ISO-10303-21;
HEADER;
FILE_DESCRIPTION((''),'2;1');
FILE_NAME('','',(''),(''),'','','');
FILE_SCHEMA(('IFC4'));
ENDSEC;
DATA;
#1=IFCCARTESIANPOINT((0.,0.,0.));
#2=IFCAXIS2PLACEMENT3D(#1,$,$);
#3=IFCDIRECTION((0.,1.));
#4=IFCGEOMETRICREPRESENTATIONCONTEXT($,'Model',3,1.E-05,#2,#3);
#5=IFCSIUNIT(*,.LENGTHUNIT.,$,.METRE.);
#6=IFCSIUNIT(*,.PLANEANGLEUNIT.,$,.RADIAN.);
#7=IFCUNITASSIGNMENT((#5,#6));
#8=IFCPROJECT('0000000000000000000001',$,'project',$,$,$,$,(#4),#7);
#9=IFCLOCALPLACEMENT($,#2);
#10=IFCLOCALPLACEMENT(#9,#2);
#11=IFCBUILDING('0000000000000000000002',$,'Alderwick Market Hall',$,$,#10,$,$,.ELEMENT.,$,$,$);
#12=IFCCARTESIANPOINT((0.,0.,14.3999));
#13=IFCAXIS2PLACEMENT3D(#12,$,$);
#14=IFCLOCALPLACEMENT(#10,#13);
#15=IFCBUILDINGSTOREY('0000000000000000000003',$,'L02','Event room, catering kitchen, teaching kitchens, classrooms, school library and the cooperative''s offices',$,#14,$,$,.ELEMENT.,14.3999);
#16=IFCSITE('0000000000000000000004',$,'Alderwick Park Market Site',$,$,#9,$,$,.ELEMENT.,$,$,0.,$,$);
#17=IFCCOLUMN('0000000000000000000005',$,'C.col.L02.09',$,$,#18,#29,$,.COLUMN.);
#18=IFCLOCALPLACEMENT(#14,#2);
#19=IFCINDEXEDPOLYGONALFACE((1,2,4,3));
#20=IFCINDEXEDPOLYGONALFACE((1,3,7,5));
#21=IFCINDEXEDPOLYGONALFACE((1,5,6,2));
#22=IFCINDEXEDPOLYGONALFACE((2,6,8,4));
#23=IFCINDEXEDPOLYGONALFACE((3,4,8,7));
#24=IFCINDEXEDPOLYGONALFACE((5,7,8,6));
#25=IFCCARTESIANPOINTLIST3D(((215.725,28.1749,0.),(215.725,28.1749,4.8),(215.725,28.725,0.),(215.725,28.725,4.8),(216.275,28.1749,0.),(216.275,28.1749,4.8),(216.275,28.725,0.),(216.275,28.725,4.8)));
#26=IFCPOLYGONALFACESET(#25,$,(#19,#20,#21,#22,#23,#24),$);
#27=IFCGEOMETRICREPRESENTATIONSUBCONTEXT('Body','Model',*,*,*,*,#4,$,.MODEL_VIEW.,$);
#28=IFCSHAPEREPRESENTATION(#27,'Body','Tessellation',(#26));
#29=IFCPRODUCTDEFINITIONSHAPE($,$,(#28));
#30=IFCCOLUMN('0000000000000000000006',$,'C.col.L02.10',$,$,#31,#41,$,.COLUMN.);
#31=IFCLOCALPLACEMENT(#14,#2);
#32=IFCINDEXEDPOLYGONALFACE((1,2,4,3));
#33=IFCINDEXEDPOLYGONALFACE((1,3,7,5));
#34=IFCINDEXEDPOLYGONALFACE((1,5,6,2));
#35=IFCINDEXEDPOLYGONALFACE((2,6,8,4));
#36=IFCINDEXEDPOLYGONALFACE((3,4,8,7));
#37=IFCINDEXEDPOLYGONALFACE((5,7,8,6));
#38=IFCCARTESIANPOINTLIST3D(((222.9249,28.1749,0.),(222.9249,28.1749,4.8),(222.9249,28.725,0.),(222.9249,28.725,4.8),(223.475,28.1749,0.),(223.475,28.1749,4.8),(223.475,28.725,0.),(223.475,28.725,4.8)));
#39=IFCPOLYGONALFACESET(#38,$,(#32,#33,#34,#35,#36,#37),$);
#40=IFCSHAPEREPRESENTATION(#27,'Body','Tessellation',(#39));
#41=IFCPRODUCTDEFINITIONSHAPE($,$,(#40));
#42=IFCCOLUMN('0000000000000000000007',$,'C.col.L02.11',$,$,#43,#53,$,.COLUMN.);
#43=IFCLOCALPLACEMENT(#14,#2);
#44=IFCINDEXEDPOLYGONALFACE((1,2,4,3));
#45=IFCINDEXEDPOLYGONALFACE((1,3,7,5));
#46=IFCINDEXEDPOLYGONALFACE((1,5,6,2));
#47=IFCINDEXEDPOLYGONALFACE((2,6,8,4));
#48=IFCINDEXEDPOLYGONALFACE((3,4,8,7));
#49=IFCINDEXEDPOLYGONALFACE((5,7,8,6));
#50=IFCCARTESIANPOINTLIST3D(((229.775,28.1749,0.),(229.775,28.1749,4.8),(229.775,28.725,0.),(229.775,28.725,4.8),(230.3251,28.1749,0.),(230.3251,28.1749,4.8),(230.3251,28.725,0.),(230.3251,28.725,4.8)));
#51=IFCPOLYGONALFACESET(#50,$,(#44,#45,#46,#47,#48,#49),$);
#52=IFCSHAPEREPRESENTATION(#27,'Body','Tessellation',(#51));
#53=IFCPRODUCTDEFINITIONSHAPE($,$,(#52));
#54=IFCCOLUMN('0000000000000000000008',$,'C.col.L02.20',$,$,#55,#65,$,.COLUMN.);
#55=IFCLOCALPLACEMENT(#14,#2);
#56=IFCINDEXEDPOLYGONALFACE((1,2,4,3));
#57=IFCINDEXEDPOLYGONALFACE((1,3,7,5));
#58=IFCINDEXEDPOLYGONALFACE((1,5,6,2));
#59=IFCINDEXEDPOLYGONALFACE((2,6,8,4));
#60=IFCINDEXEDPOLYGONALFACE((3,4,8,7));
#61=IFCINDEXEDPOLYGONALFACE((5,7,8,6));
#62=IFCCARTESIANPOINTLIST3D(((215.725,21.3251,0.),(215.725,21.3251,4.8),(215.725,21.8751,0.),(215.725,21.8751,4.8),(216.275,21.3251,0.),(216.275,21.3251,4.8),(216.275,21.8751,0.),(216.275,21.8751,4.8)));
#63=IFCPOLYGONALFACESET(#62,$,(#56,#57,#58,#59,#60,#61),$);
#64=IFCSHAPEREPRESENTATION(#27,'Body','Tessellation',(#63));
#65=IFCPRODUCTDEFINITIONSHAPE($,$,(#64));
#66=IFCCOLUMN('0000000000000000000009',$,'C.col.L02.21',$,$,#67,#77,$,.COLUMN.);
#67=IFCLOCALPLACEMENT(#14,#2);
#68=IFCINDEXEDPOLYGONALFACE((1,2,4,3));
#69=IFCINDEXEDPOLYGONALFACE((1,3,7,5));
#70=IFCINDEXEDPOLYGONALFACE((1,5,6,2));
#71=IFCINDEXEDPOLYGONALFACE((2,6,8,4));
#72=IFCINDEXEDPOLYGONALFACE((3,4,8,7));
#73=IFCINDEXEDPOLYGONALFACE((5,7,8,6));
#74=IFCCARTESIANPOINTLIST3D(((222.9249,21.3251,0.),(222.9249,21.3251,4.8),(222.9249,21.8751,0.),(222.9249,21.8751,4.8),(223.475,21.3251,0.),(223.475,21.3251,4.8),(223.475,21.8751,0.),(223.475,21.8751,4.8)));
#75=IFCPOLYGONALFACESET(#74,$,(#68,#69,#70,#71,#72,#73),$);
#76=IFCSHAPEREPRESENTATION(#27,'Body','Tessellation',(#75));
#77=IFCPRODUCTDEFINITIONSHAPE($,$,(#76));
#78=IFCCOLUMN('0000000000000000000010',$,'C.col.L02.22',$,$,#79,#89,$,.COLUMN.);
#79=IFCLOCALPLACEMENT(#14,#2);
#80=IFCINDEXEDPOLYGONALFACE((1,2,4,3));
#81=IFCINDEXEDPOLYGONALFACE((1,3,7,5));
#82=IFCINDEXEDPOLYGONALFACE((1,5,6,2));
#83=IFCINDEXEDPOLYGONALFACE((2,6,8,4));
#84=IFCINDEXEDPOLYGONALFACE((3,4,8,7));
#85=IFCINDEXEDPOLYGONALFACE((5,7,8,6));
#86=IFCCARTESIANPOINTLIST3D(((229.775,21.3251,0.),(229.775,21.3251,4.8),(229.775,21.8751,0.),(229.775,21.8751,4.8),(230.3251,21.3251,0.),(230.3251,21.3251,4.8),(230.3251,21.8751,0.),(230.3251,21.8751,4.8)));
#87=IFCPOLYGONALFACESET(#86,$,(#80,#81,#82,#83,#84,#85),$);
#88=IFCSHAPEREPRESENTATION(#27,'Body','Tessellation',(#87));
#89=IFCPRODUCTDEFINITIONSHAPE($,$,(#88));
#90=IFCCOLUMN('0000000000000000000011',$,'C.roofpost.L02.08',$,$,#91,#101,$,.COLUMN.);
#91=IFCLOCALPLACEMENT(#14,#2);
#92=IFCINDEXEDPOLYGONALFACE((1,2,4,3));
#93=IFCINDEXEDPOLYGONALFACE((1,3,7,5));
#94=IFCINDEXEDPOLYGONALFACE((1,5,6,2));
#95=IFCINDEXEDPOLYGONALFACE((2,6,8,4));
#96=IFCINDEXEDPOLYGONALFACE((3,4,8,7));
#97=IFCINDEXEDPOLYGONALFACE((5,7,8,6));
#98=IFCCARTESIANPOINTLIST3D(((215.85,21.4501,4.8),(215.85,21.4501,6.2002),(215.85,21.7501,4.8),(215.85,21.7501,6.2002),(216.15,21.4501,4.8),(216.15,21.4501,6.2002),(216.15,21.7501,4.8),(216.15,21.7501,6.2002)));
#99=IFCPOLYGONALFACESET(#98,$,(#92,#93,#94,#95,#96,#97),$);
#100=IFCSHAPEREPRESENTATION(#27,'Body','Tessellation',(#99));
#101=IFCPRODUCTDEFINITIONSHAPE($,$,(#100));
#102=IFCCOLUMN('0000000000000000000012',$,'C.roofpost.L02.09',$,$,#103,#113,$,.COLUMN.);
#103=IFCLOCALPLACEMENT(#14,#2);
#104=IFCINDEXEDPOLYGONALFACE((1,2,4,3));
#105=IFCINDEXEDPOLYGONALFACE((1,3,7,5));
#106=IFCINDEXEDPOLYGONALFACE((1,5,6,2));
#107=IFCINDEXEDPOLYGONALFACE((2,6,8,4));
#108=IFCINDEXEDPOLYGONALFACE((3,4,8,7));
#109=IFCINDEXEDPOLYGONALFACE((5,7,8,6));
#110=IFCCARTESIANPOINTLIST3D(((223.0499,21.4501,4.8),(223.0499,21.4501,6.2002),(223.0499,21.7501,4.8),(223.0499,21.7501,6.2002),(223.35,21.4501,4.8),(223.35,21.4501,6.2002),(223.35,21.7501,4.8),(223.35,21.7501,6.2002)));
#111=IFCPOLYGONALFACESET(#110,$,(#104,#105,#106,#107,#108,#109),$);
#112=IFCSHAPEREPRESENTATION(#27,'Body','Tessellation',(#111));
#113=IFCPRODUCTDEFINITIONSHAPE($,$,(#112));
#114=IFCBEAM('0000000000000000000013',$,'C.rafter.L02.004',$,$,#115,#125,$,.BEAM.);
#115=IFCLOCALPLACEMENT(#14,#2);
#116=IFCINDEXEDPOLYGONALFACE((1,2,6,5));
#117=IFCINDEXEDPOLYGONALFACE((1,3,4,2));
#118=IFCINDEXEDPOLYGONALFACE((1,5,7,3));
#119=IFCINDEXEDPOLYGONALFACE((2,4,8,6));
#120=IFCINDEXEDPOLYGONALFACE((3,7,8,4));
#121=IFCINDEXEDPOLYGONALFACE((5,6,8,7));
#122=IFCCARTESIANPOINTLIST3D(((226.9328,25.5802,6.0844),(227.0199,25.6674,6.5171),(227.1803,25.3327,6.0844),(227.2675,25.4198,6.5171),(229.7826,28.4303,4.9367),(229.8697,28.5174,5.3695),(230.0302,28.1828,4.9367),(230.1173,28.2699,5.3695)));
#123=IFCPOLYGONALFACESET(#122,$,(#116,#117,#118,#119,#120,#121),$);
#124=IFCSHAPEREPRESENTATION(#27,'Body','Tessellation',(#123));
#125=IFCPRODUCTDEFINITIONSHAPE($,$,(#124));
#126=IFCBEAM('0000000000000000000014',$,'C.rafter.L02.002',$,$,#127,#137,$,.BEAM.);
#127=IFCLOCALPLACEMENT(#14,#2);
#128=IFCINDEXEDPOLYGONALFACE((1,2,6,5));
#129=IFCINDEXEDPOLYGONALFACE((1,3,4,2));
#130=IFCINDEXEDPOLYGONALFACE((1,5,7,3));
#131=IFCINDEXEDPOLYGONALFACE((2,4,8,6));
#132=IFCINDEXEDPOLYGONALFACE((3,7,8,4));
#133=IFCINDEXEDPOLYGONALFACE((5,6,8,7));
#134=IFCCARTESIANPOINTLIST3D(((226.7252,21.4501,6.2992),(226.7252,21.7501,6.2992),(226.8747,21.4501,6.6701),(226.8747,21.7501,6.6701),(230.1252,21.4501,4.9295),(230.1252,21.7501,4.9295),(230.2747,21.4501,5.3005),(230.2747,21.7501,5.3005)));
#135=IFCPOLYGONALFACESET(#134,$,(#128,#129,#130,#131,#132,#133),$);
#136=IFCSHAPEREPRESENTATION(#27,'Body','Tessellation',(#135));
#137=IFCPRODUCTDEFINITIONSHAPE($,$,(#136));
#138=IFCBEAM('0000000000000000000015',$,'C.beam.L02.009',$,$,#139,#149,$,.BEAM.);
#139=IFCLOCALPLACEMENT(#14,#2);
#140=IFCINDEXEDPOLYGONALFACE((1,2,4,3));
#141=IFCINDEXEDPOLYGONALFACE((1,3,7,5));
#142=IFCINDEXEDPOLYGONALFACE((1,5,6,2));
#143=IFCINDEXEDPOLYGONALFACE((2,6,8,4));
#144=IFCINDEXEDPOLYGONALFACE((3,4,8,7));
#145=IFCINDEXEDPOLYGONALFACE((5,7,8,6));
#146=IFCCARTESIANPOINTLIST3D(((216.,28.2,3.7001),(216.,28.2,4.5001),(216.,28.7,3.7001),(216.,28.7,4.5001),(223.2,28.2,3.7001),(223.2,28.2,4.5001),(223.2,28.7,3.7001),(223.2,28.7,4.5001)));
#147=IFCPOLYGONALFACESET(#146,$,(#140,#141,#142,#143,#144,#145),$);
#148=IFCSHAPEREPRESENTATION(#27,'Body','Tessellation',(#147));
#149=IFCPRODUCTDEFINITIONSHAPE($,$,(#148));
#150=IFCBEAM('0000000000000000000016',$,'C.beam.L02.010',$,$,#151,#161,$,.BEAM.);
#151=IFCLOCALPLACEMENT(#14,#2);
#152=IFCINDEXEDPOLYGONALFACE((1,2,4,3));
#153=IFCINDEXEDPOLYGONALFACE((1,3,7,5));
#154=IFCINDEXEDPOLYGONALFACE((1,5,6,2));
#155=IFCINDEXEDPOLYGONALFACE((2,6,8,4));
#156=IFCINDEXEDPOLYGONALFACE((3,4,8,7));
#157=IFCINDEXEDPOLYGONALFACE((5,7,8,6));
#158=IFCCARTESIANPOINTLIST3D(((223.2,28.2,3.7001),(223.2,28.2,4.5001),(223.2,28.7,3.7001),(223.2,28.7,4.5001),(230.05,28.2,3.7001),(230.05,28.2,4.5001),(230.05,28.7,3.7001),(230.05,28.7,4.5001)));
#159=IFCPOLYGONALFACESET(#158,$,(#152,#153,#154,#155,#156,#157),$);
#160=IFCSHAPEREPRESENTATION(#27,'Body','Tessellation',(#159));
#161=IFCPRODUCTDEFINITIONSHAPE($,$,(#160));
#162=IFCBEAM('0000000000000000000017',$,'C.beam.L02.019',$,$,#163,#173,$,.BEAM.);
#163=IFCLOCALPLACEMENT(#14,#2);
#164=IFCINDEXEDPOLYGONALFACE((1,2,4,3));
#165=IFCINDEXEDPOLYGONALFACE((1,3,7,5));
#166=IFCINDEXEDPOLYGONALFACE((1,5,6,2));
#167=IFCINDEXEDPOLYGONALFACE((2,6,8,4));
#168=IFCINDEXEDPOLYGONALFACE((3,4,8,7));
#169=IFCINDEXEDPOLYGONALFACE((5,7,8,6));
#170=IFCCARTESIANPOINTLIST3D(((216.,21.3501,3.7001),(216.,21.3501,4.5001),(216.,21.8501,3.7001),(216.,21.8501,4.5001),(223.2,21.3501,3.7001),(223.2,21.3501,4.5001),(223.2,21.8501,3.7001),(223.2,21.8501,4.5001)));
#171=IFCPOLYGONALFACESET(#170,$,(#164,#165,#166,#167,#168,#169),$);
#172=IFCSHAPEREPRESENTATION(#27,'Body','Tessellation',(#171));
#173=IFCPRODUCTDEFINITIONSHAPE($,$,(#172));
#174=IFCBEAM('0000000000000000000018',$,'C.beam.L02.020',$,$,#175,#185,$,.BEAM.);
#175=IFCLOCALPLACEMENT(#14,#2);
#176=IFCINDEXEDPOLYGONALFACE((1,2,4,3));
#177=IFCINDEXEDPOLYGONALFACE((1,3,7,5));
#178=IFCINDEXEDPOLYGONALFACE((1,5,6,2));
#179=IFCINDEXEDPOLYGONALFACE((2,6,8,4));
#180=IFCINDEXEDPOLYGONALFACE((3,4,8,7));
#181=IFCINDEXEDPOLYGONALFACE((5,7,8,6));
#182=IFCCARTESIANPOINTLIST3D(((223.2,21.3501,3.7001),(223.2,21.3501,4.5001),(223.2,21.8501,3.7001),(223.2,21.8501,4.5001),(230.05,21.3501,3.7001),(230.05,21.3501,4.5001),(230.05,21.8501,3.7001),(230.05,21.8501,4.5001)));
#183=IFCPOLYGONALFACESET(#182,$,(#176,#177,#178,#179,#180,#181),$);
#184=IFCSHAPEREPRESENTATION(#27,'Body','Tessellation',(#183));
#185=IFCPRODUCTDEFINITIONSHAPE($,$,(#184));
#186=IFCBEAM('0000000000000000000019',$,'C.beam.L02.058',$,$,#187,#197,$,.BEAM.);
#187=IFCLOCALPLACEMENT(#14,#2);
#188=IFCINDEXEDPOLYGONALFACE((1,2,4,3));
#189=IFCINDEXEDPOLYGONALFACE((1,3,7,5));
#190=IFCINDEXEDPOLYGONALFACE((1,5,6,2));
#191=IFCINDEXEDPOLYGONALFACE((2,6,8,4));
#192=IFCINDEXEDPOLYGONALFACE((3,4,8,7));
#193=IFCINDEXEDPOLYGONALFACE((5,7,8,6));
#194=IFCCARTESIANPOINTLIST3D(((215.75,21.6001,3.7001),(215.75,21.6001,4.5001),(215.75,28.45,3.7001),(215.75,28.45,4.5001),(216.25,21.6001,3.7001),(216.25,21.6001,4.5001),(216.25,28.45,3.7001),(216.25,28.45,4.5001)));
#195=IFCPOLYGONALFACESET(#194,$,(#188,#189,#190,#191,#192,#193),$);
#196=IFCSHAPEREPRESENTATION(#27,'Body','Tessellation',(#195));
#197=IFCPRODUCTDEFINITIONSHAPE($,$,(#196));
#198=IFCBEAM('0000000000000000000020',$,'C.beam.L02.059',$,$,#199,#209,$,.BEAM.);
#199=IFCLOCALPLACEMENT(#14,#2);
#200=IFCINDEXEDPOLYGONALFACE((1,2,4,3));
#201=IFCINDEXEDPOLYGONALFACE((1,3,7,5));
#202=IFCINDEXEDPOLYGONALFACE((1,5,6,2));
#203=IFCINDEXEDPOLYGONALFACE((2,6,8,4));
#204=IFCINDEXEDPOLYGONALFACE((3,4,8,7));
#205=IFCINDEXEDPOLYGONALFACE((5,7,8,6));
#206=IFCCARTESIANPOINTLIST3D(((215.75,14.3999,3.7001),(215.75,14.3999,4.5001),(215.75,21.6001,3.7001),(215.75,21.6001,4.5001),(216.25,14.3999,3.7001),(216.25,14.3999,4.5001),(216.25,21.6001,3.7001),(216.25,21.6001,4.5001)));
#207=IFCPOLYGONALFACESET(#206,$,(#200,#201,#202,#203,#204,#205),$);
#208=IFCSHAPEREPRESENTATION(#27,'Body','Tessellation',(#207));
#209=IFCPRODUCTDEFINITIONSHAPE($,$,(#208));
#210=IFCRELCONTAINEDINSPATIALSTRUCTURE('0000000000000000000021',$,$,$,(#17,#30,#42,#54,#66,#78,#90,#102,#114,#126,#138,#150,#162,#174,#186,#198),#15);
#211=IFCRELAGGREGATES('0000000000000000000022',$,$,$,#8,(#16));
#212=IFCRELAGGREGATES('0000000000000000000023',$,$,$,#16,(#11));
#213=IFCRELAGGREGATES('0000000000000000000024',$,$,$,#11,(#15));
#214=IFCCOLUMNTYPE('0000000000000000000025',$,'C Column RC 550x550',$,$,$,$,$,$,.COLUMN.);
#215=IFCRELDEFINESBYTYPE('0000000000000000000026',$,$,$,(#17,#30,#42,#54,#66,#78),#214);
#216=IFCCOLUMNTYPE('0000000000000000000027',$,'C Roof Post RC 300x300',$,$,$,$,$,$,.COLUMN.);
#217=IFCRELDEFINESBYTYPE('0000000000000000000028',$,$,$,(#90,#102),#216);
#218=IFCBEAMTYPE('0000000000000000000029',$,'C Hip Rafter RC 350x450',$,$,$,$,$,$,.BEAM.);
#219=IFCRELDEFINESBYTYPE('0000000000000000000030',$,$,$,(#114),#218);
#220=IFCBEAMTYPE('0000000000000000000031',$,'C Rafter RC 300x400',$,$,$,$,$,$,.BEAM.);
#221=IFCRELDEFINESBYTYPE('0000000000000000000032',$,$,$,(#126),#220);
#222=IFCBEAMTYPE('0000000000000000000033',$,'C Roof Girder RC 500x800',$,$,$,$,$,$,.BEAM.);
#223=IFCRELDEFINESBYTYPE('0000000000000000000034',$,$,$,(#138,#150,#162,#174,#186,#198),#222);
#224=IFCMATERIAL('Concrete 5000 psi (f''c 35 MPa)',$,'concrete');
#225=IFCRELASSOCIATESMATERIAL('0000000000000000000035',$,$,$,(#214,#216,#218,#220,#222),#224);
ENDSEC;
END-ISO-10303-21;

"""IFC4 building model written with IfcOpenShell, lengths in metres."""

from ifc_helpers import new_model, si_unit, direction, frame, origin, origin_2d, place, context, subcontext, project, spatial, rectangle, extrude, material, material_profile, profile_set, type_object, element, save


model = new_model("IFC4")

# Units and contexts
model_context = context("Model", 3, precision=1e-05, world=origin(), true_north=direction((0.0, 1.0)))
body_context = subcontext(model_context, "Body", "Model", "MODEL_VIEW")
ifc_project = project(units=[si_unit("LENGTHUNIT", "METRE"), si_unit("PLANEANGLEUNIT", "RADIAN")], contexts=[model_context])

# Site, building, storey
site_placement = place(None, origin())
site = spatial("IfcSite", under=ifc_project, at=site_placement, Name="Alderwick Park Market Site", CompositionType="ELEMENT", RefElevation=0.0)
building_placement = place(site_placement, origin())
building = spatial("IfcBuilding", under=site, at=building_placement, Name="Alderwick Market Hall", CompositionType="ELEMENT")
storey_placement = place(building_placement, frame((0.0, 0.0, 14.3999)))
storey = spatial("IfcBuildingStorey", under=building, at=storey_placement, Name="L02", Description="Event room, catering kitchen, teaching kitchens, classrooms, school library and the cooperative's offices", CompositionType="ELEMENT", Elevation=14.3999)

# Columns
ifc_material_1 = material(Name="Concrete 5000 psi (f'c 35 MPa)", Category="concrete")
ifc_material_profile_1 = material_profile(ifc_material_1, rectangle(XDim=0.55, YDim=0.55, at=origin_2d()), Name="RC 550x550")
ifc_profile_set_1 = profile_set([ifc_material_profile_1], Name="Concrete 5000 psi (f'c 35 MPa)")
column_type_1 = type_object("IfcColumnType", Name="C Column RC 550x550", PredefinedType="COLUMN", material=ifc_profile_set_1)
for number, where, z_axis, x_axis, name in (
    (1, (216.0, 28.45, 0.0), (0.0, 0.0, 1.0), (1.0, 0.0, 0.0), "C.col.L02.09"),
    (2, (223.2, 28.45, 0.0), (0.0, 0.0, 1.0), (1.0, 0.0, 0.0), "C.col.L02.10"),
    (3, (230.05, 28.45, 0.0), (0.0, 0.0, 1.0), (1.0, 0.0, 0.0), "C.col.L02.11"),
    (4, (216.0, 21.6001, 0.0), (0.0, 0.0, 1.0), (1.0, 0.0, 0.0), "C.col.L02.20"),
    (5, (223.2, 21.6001, 0.0), (0.0, 0.0, 1.0), (1.0, 0.0, 0.0), "C.col.L02.21"),
    (6, (230.05, 21.6001, 0.0), (0.0, 0.0, 1.0), (1.0, 0.0, 0.0), "C.col.L02.22"),
):
    element("IfcColumn", number, at=place(storey_placement, frame(where, z_axis=z_axis, x_axis=x_axis)), inside=storey, type_object=column_type_1, Name=name, PredefinedType="COLUMN", context=body_context, shape_type="SweptSolid", body=[
        extrude(rectangle(XDim=0.55, YDim=0.55, at=origin_2d()), origin(), (0.0, 0.0, 1.0), 4.8),
    ])
ifc_material_profile_2 = material_profile(ifc_material_1, rectangle(XDim=0.3, YDim=0.3, at=origin_2d()), Name="RC 300x300")
ifc_profile_set_2 = profile_set([ifc_material_profile_2], Name="Concrete 5000 psi (f'c 35 MPa)")
column_type_2 = type_object("IfcColumnType", Name="C Roof Post RC 300x300", PredefinedType="COLUMN", material=ifc_profile_set_2)
for number, where, z_axis, x_axis, name in (
    (7, (216.0, 21.6001, 4.8), (0.0, 0.0, 1.0), (1.0, 0.0, 0.0), "C.roofpost.L02.08"),
    (8, (223.2, 21.6001, 4.8), (0.0, 0.0, 1.0), (1.0, 0.0, 0.0), "C.roofpost.L02.09"),
):
    element("IfcColumn", number, at=place(storey_placement, frame(where, z_axis=z_axis, x_axis=x_axis)), inside=storey, type_object=column_type_2, Name=name, PredefinedType="COLUMN", context=body_context, shape_type="SweptSolid", body=[
        extrude(rectangle(XDim=0.3, YDim=0.3, at=origin_2d()), origin(), (0.0, 0.0, 1.0), 1.4001),
    ])

# Beams
ifc_material_profile_3 = material_profile(ifc_material_1, rectangle(XDim=0.3501, YDim=0.45, at=origin_2d()), Name="RC 350x450")
ifc_profile_set_3 = profile_set([ifc_material_profile_3], Name="Concrete 5000 psi (f'c 35 MPa)")
beam_type_1 = type_object("IfcBeamType", Name="C Hip Rafter RC 350x450", PredefinedType="BEAM", material=ifc_profile_set_3)
beam_1_placement = place(storey_placement, frame((229.95, 28.3501, 5.1531), z_axis=(-0.680043, -0.680101, 0.27387), x_axis=(0.707137, -0.707076, 0.0)))
element("IfcBeam", 9, at=beam_1_placement, inside=storey, type_object=beam_type_1, Name="C.rafter.L02.004", PredefinedType="BEAM", context=body_context, shape_type="SweptSolid", body=[
    extrude(rectangle(XDim=0.3501, YDim=0.45, at=origin_2d()), origin(), (0.0, 0.0, 1.0), 4.1907),
])
ifc_material_profile_4 = material_profile(ifc_material_1, rectangle(XDim=0.3, YDim=0.3999, at=origin_2d()), Name="RC 300x400")
ifc_profile_set_4 = profile_set([ifc_material_profile_4], Name="Concrete 5000 psi (f'c 35 MPa)")
beam_type_2 = type_object("IfcBeamType", Name="C Rafter RC 300x400", PredefinedType="BEAM", material=ifc_profile_set_4)
beam_2_placement = place(storey_placement, frame((230.2, 21.6001, 5.115), z_axis=(-0.927564, 0.0, 0.373663), x_axis=(0.0, -1.0, 0.0)))
element("IfcBeam", 10, at=beam_2_placement, inside=storey, type_object=beam_type_2, Name="C.rafter.L02.002", PredefinedType="BEAM", context=body_context, shape_type="SweptSolid", body=[
    extrude(rectangle(XDim=0.3, YDim=0.3999, at=origin_2d()), origin(), (0.0, 0.0, 1.0), 3.6655),
])
ifc_material_profile_5 = material_profile(ifc_material_1, rectangle(XDim=0.5, YDim=0.8, at=origin_2d()), Name="RC 500x800")
ifc_profile_set_5 = profile_set([ifc_material_profile_5], Name="Concrete 5000 psi (f'c 35 MPa)")
beam_type_3 = type_object("IfcBeamType", Name="C Roof Girder RC 500x800", PredefinedType="BEAM", material=ifc_profile_set_5)
beam_3_placement = place(storey_placement, frame((216.0, 28.45, 4.1001), z_axis=(1.0, 0.0, 0.0), x_axis=(0.0, 1.0, 0.0)))
element("IfcBeam", 11, at=beam_3_placement, inside=storey, type_object=beam_type_3, Name="C.beam.L02.009", PredefinedType="BEAM", context=body_context, shape_type="SweptSolid", body=[
    extrude(rectangle(XDim=0.5, YDim=0.8, at=origin_2d()), origin(), (0.0, 0.0, 1.0), 7.2),
])
beam_4_placement = place(storey_placement, frame((223.2, 28.45, 4.1001), z_axis=(1.0, 0.0, 0.0), x_axis=(0.0, 1.0, 0.0)))
element("IfcBeam", 12, at=beam_4_placement, inside=storey, type_object=beam_type_3, Name="C.beam.L02.010", PredefinedType="BEAM", context=body_context, shape_type="SweptSolid", body=[
    extrude(rectangle(XDim=0.5, YDim=0.8, at=origin_2d()), origin(), (0.0, 0.0, 1.0), 6.8501),
])
beam_5_placement = place(storey_placement, frame((216.0, 21.6001, 4.1001), z_axis=(1.0, 0.0, 0.0), x_axis=(0.0, 1.0, 0.0)))
element("IfcBeam", 13, at=beam_5_placement, inside=storey, type_object=beam_type_3, Name="C.beam.L02.019", PredefinedType="BEAM", context=body_context, shape_type="SweptSolid", body=[
    extrude(rectangle(XDim=0.5, YDim=0.8, at=origin_2d()), origin(), (0.0, 0.0, 1.0), 7.2),
])
beam_6_placement = place(storey_placement, frame((223.2, 21.6001, 4.1001), z_axis=(1.0, 0.0, 0.0), x_axis=(0.0, 1.0, 0.0)))
element("IfcBeam", 14, at=beam_6_placement, inside=storey, type_object=beam_type_3, Name="C.beam.L02.020", PredefinedType="BEAM", context=body_context, shape_type="SweptSolid", body=[
    extrude(rectangle(XDim=0.5, YDim=0.8, at=origin_2d()), origin(), (0.0, 0.0, 1.0), 6.8501),
])
beam_7_placement = place(storey_placement, frame((216.0, 28.45, 4.1001), z_axis=(0.0, -1.0, 0.0), x_axis=(1.0, 0.0, 0.0)))
element("IfcBeam", 15, at=beam_7_placement, inside=storey, type_object=beam_type_3, Name="C.beam.L02.058", PredefinedType="BEAM", context=body_context, shape_type="SweptSolid", body=[
    extrude(rectangle(XDim=0.5, YDim=0.8, at=origin_2d()), origin(), (0.0, 0.0, 1.0), 6.8499),
])
beam_8_placement = place(storey_placement, frame((216.0, 21.6001, 4.1001), z_axis=(0.0, -1.0, 0.0), x_axis=(1.0, 0.0, 0.0)))
element("IfcBeam", 16, at=beam_8_placement, inside=storey, type_object=beam_type_3, Name="C.beam.L02.059", PredefinedType="BEAM", context=body_context, shape_type="SweptSolid", body=[
    extrude(rectangle(XDim=0.5, YDim=0.8, at=origin_2d()), origin(), (0.0, 0.0, 1.0), 7.2002),
])

save(model, "model.ifc")
